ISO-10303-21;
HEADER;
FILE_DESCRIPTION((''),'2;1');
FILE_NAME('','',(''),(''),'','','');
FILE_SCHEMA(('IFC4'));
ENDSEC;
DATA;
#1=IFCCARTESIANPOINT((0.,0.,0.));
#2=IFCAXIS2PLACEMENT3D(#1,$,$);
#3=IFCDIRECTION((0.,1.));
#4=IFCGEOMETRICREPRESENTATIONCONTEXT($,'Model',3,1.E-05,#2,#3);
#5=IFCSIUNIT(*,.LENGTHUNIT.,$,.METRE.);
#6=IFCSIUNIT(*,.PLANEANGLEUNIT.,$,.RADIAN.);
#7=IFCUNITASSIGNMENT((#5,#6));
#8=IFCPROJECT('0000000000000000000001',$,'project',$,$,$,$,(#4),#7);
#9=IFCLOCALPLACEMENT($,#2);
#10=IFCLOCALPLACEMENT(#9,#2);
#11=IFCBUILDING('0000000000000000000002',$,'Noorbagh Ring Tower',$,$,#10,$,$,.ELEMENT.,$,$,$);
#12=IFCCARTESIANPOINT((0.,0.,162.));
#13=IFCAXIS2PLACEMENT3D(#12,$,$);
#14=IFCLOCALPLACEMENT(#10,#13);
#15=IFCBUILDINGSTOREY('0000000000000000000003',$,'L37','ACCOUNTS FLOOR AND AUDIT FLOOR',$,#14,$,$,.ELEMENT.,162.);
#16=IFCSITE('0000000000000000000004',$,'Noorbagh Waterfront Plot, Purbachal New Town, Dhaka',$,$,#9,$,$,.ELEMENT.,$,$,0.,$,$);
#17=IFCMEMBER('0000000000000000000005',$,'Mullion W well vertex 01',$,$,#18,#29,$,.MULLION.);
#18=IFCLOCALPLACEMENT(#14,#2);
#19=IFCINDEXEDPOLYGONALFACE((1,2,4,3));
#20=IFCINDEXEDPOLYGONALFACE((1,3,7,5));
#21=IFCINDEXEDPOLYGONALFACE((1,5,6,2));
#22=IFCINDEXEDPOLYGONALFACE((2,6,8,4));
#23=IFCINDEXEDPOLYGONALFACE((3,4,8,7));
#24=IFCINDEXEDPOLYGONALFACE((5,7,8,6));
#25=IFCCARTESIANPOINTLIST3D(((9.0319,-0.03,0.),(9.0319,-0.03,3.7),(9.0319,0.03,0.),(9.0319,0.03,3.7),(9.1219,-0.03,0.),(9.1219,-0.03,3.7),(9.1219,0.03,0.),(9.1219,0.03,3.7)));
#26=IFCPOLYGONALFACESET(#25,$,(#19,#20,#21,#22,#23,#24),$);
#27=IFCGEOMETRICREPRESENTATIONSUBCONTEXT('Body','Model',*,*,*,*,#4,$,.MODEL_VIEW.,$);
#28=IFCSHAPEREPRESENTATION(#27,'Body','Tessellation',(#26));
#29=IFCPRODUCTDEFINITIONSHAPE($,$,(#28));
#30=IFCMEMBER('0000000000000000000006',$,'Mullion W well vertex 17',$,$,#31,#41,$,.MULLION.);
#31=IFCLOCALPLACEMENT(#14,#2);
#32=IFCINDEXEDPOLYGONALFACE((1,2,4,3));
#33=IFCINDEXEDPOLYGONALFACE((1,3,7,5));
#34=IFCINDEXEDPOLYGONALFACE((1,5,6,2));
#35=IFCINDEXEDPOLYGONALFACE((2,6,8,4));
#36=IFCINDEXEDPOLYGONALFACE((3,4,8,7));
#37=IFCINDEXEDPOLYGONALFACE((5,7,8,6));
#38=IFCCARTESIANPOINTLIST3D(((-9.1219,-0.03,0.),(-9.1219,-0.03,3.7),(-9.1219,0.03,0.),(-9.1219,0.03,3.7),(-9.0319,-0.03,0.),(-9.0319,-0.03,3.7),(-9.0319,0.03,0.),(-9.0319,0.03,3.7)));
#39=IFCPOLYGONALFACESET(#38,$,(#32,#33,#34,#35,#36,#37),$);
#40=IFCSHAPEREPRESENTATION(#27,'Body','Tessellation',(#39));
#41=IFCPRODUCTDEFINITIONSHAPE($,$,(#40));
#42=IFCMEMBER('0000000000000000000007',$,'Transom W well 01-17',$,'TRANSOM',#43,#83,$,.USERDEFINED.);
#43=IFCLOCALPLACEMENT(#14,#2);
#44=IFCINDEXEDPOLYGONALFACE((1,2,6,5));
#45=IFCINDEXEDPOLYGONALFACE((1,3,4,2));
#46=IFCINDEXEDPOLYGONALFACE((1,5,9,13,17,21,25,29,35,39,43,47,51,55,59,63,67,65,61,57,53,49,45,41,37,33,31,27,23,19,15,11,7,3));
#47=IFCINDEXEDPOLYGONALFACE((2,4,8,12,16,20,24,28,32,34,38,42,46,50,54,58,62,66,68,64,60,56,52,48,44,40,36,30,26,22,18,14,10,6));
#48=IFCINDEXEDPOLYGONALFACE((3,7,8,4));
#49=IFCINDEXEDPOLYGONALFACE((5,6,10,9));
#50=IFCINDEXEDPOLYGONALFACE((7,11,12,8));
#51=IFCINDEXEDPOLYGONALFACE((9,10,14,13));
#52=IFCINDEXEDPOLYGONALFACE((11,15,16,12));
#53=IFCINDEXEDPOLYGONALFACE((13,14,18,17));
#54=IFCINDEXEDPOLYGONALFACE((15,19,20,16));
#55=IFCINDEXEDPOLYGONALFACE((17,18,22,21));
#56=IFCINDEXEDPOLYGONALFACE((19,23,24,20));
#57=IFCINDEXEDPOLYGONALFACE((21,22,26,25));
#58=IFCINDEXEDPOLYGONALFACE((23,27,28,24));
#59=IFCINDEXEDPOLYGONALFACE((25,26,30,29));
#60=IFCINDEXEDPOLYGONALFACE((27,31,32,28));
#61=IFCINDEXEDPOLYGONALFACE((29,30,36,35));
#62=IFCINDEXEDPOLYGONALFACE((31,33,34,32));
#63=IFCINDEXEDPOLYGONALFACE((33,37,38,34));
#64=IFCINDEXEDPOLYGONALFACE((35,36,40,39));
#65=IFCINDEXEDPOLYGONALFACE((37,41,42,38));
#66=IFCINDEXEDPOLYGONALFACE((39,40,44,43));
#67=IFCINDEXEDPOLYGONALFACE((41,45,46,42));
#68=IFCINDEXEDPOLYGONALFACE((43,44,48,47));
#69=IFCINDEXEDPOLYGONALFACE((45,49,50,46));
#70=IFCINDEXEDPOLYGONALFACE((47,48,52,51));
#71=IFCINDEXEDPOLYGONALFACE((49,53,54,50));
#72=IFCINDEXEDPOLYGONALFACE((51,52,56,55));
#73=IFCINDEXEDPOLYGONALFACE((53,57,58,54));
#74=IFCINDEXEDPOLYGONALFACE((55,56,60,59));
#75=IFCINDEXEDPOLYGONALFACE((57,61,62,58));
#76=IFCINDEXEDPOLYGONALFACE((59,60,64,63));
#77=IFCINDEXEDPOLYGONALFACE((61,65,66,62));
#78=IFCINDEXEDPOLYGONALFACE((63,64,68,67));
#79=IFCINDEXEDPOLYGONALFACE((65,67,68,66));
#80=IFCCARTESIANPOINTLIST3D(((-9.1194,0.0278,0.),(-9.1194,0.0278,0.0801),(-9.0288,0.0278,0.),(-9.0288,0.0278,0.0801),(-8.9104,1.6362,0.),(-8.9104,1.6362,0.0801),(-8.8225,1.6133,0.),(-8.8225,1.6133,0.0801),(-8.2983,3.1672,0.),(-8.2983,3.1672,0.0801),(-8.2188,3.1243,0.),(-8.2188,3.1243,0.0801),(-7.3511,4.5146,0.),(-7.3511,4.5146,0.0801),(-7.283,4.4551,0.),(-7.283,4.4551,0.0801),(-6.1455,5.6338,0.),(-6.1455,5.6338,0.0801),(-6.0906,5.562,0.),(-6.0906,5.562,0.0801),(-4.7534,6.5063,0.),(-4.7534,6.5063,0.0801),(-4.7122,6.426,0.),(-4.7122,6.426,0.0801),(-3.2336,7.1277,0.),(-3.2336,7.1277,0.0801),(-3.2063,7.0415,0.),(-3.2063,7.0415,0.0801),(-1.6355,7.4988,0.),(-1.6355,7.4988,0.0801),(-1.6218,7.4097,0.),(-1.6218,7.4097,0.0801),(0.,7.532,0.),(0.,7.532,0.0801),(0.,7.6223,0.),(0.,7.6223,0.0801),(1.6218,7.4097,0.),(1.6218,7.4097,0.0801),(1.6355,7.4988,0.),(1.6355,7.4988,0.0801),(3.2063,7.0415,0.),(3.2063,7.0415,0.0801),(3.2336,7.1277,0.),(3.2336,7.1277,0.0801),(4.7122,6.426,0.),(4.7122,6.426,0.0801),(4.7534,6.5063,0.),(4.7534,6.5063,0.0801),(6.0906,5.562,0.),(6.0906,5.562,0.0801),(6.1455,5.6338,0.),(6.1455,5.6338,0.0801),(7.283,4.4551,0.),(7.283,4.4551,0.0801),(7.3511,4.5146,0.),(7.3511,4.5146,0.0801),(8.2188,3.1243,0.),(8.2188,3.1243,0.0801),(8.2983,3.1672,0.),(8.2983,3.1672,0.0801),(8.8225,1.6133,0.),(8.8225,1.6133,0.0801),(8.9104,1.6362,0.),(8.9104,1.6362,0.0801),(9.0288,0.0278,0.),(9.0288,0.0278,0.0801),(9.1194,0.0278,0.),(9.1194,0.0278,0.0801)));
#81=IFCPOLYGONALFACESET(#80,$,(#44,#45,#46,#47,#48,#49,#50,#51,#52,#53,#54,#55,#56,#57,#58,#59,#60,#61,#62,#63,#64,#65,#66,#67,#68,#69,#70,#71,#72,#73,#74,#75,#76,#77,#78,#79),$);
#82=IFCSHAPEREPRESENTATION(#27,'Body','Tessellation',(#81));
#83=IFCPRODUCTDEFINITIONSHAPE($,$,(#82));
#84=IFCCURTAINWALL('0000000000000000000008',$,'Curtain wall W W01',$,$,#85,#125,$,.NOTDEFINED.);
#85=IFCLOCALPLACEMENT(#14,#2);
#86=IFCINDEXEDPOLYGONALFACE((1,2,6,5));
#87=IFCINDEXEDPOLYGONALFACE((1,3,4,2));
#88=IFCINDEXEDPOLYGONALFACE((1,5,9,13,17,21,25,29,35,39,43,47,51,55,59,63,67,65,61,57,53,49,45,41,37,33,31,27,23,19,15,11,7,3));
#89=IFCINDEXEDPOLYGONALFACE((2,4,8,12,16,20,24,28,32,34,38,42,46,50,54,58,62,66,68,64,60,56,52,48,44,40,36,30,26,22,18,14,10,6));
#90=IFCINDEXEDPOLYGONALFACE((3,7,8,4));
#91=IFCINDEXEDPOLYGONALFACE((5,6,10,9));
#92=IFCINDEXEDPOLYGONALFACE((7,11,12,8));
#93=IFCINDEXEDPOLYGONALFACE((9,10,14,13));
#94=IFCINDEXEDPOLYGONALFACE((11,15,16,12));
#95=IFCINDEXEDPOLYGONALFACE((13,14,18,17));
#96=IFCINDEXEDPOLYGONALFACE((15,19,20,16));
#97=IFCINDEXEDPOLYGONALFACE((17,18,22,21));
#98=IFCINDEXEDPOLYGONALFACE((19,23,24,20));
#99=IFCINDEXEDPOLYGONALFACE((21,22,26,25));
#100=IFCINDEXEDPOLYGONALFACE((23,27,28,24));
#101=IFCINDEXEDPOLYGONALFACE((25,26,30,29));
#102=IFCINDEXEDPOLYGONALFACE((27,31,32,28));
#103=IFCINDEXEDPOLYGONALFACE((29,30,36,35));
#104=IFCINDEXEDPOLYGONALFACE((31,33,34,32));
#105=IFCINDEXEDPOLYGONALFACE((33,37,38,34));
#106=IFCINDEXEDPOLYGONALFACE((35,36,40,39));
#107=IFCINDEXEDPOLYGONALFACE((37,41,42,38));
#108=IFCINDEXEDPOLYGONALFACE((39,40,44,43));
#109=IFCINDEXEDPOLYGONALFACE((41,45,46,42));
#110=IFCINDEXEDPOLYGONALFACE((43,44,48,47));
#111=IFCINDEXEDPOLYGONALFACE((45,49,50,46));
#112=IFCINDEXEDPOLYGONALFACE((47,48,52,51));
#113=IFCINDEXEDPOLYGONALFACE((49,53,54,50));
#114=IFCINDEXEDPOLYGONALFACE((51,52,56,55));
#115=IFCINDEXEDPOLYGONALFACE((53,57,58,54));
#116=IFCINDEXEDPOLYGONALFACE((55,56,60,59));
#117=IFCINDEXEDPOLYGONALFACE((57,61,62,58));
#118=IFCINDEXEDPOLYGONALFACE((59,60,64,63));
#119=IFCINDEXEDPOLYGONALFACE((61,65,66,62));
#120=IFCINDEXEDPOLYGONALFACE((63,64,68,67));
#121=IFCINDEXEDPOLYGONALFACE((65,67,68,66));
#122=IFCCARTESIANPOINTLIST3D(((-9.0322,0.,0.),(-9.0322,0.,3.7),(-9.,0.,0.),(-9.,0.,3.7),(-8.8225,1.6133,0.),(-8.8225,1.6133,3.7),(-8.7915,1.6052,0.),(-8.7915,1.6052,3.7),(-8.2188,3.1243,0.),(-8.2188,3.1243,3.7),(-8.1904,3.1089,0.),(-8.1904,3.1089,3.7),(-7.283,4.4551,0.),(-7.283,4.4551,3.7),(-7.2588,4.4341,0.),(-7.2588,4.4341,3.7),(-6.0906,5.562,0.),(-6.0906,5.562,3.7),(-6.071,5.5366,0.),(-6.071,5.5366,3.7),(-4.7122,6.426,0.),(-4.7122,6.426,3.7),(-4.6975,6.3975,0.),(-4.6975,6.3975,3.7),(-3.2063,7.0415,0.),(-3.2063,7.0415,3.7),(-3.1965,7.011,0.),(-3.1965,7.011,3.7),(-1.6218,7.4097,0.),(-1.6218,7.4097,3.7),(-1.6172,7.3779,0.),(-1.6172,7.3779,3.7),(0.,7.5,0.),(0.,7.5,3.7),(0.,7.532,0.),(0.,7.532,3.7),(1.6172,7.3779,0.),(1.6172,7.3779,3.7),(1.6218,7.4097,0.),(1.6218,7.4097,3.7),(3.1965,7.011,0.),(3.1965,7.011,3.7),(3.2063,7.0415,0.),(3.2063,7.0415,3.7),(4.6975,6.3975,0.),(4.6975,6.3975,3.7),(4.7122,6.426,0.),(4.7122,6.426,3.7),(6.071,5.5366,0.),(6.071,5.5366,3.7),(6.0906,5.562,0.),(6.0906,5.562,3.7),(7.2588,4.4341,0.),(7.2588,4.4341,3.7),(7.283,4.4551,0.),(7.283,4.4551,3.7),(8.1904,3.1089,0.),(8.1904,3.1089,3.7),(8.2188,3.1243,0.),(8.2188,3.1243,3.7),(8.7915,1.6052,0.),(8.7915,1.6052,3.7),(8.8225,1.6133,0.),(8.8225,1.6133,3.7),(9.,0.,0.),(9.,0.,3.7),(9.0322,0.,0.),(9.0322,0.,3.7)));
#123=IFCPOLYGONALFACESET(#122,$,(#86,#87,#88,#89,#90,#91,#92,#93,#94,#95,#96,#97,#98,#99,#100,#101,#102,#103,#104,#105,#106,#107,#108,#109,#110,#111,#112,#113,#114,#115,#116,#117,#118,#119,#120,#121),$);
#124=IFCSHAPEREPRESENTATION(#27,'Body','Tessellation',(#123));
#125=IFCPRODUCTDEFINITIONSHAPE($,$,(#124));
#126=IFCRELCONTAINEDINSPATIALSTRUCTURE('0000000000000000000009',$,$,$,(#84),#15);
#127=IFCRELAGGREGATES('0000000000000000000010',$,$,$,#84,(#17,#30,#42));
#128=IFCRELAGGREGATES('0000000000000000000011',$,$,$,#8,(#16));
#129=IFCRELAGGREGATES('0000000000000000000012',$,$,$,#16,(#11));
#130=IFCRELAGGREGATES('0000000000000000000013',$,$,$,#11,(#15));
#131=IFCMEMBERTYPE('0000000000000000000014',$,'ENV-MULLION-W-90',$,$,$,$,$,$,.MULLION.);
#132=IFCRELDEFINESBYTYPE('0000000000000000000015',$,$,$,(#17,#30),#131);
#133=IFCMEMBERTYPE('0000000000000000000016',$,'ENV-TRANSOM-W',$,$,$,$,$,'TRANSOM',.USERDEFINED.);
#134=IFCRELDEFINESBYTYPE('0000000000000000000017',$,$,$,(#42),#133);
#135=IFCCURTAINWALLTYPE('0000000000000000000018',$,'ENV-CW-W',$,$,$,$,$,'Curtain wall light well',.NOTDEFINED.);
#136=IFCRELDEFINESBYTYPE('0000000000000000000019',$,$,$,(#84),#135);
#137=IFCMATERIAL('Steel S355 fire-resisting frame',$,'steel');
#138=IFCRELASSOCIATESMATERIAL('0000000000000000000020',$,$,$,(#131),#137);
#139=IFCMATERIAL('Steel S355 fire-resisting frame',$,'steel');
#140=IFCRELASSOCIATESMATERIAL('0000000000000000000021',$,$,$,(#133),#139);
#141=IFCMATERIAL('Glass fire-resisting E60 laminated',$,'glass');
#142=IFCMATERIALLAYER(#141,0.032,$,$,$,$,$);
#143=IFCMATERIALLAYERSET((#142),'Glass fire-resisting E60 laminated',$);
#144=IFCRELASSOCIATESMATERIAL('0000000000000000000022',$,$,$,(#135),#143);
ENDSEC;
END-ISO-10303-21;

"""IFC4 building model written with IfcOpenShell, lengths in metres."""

from ifc_helpers import new_model, si_unit, direction, frame, origin, origin_2d, place, context, subcontext, project, spatial, polyline, rectangle, outline, extrude, material, layer, layer_set, material_profile, profile_set, type_object, element, aggregate, save


model = new_model("IFC4")

# Units and contexts
model_context = context("Model", 3, precision=1e-05, world=origin(), true_north=direction((0.0, 1.0)))
body_context = subcontext(model_context, "Body", "Model", "MODEL_VIEW")
ifc_project = project(units=[si_unit("LENGTHUNIT", "METRE"), si_unit("PLANEANGLEUNIT", "RADIAN")], contexts=[model_context])

# Members
site_placement = place(None, origin())
building_placement = place(site_placement, origin())
storey_placement = place(building_placement, frame((0.0, 0.0, 162.0)))
ifc_material_1 = material(Name="Steel S355 fire-resisting frame", Category="steel")
ifc_material_profile_1 = material_profile(ifc_material_1, rectangle(XDim=0.0901, YDim=0.0601, at=origin_2d()), Name="90x60")
ifc_profile_set_1 = profile_set([ifc_material_profile_1], Name="Steel S355 fire-resisting frame")
member_type_1 = type_object("IfcMemberType", Name="ENV-MULLION-W-90", PredefinedType="MULLION", material=ifc_profile_set_1)
member_1_placement = place(storey_placement, frame((9.0769, 0.0, 0.0), z_axis=(0.0, 0.0, 1.0), x_axis=(1.0, 0.0, 0.0)))
member_1 = element("IfcMember", 1, at=member_1_placement, type_object=member_type_1, Name="Mullion W well vertex 01", PredefinedType="MULLION", context=body_context, shape_type="SweptSolid", body=[
    extrude(rectangle(XDim=0.0901, YDim=0.0601, at=origin_2d()), origin(), (0.0, 0.0, 1.0), 3.7),
])
member_2_placement = place(storey_placement, frame((-9.0769, 0.0, 0.0), z_axis=(0.0, 0.0, 1.0), x_axis=(-1.0, 0.0, 0.0)))
member_2 = element("IfcMember", 2, at=member_2_placement, type_object=member_type_1, Name="Mullion W well vertex 17", PredefinedType="MULLION", context=body_context, shape_type="SweptSolid", body=[
    extrude(rectangle(XDim=0.0901, YDim=0.0601, at=origin_2d()), origin(), (0.0, 0.0, 1.0), 3.7),
])
ifc_material_2 = material(Name="Steel S355 fire-resisting frame", Category="steel")
member_type_2 = type_object("IfcMemberType", Name="ENV-TRANSOM-W", ElementType="TRANSOM", PredefinedType="USERDEFINED", material=ifc_material_2)
member_3_placement = place(storey_placement, origin())
member_3 = element("IfcMember", 3, at=member_3_placement, type_object=member_type_2, Name="Transom W well 01-17", ObjectType="TRANSOM", PredefinedType="USERDEFINED", context=body_context, shape_type="SweptSolid", body=[
    extrude(outline(polyline([(9.1194, 0.0278), (8.9104, 1.6362), (8.2983, 3.1672), (7.3511, 4.5146), (6.1455, 5.6338), (4.7534, 6.5063), (3.2336, 7.1277), (1.6355, 7.4988), (0.0, 7.6223), (-1.6355, 7.4988), (-3.2336, 7.1277), (-4.7534, 6.5063), (-6.1455, 5.6338), (-7.3511, 4.5146), (-8.2983, 3.1672), (-8.9104, 1.6362), (-9.1194, 0.0278), (-9.0288, 0.0278), (-8.8225, 1.6133), (-8.2188, 3.1243), (-7.283, 4.4551), (-6.0906, 5.562), (-4.7122, 6.426), (-3.2063, 7.0415), (-1.6218, 7.4097), (0.0, 7.532), (1.6218, 7.4097), (3.2063, 7.0415), (4.7122, 6.426), (6.0906, 5.562), (7.283, 4.4551), (8.2188, 3.1243), (8.8225, 1.6133), (9.0288, 0.0278), (9.1194, 0.0278)])), origin(), (0.0, 0.0, 1.0), 0.0801),
])

# Site, building, storey
site = spatial("IfcSite", under=ifc_project, at=site_placement, Name="Noorbagh Waterfront Plot, Purbachal New Town, Dhaka", CompositionType="ELEMENT", RefElevation=0.0)
building = spatial("IfcBuilding", under=site, at=building_placement, Name="Noorbagh Ring Tower", CompositionType="ELEMENT")
storey = spatial("IfcBuildingStorey", under=building, at=storey_placement, Name="L37", Description="ACCOUNTS FLOOR AND AUDIT FLOOR", CompositionType="ELEMENT", Elevation=162.0)

# Curtain wall
ifc_material_3 = material(Name="Glass fire-resisting E60 laminated", Category="glass")
ifc_layer_1 = layer(ifc_material_3, 0.032)
ifc_layer_set_1 = layer_set([ifc_layer_1], Name="Glass fire-resisting E60 laminated")
curtain_wall_type_1 = type_object("IfcCurtainWallType", Name="ENV-CW-W", ElementType="Curtain wall light well", PredefinedType="NOTDEFINED", material=ifc_layer_set_1)
curtain_wall_1_placement = place(storey_placement, origin())
curtain_wall_1 = element("IfcCurtainWall", 4, at=curtain_wall_1_placement, inside=storey, type_object=curtain_wall_type_1, Name="Curtain wall W W01", PredefinedType="NOTDEFINED", context=body_context, shape_type="SweptSolid", body=[
    extrude(outline(polyline([(9.0322, 0.0), (8.8225, 1.6133), (8.2188, 3.1243), (7.283, 4.4551), (6.0906, 5.562), (4.7122, 6.426), (3.2063, 7.0415), (1.6218, 7.4097), (0.0, 7.532), (-1.6218, 7.4097), (-3.2063, 7.0415), (-4.7122, 6.426), (-6.0906, 5.562), (-7.283, 4.4551), (-8.2188, 3.1243), (-8.8225, 1.6133), (-9.0322, 0.0), (-9.0, 0.0), (-8.7915, 1.6052), (-8.1904, 3.1089), (-7.2588, 4.4341), (-6.071, 5.5366), (-4.6975, 6.3975), (-3.1965, 7.011), (-1.6172, 7.3779), (0.0, 7.5), (1.6172, 7.3779), (3.1965, 7.011), (4.6975, 6.3975), (6.071, 5.5366), (7.2588, 4.4341), (8.1904, 3.1089), (8.7915, 1.6052), (9.0, 0.0), (9.0322, 0.0)])), origin(), (0.0, 0.0, 1.0), 3.7),
])
aggregate(curtain_wall_1, [member_1, member_2, member_3])

save(model, "model.ifc")
